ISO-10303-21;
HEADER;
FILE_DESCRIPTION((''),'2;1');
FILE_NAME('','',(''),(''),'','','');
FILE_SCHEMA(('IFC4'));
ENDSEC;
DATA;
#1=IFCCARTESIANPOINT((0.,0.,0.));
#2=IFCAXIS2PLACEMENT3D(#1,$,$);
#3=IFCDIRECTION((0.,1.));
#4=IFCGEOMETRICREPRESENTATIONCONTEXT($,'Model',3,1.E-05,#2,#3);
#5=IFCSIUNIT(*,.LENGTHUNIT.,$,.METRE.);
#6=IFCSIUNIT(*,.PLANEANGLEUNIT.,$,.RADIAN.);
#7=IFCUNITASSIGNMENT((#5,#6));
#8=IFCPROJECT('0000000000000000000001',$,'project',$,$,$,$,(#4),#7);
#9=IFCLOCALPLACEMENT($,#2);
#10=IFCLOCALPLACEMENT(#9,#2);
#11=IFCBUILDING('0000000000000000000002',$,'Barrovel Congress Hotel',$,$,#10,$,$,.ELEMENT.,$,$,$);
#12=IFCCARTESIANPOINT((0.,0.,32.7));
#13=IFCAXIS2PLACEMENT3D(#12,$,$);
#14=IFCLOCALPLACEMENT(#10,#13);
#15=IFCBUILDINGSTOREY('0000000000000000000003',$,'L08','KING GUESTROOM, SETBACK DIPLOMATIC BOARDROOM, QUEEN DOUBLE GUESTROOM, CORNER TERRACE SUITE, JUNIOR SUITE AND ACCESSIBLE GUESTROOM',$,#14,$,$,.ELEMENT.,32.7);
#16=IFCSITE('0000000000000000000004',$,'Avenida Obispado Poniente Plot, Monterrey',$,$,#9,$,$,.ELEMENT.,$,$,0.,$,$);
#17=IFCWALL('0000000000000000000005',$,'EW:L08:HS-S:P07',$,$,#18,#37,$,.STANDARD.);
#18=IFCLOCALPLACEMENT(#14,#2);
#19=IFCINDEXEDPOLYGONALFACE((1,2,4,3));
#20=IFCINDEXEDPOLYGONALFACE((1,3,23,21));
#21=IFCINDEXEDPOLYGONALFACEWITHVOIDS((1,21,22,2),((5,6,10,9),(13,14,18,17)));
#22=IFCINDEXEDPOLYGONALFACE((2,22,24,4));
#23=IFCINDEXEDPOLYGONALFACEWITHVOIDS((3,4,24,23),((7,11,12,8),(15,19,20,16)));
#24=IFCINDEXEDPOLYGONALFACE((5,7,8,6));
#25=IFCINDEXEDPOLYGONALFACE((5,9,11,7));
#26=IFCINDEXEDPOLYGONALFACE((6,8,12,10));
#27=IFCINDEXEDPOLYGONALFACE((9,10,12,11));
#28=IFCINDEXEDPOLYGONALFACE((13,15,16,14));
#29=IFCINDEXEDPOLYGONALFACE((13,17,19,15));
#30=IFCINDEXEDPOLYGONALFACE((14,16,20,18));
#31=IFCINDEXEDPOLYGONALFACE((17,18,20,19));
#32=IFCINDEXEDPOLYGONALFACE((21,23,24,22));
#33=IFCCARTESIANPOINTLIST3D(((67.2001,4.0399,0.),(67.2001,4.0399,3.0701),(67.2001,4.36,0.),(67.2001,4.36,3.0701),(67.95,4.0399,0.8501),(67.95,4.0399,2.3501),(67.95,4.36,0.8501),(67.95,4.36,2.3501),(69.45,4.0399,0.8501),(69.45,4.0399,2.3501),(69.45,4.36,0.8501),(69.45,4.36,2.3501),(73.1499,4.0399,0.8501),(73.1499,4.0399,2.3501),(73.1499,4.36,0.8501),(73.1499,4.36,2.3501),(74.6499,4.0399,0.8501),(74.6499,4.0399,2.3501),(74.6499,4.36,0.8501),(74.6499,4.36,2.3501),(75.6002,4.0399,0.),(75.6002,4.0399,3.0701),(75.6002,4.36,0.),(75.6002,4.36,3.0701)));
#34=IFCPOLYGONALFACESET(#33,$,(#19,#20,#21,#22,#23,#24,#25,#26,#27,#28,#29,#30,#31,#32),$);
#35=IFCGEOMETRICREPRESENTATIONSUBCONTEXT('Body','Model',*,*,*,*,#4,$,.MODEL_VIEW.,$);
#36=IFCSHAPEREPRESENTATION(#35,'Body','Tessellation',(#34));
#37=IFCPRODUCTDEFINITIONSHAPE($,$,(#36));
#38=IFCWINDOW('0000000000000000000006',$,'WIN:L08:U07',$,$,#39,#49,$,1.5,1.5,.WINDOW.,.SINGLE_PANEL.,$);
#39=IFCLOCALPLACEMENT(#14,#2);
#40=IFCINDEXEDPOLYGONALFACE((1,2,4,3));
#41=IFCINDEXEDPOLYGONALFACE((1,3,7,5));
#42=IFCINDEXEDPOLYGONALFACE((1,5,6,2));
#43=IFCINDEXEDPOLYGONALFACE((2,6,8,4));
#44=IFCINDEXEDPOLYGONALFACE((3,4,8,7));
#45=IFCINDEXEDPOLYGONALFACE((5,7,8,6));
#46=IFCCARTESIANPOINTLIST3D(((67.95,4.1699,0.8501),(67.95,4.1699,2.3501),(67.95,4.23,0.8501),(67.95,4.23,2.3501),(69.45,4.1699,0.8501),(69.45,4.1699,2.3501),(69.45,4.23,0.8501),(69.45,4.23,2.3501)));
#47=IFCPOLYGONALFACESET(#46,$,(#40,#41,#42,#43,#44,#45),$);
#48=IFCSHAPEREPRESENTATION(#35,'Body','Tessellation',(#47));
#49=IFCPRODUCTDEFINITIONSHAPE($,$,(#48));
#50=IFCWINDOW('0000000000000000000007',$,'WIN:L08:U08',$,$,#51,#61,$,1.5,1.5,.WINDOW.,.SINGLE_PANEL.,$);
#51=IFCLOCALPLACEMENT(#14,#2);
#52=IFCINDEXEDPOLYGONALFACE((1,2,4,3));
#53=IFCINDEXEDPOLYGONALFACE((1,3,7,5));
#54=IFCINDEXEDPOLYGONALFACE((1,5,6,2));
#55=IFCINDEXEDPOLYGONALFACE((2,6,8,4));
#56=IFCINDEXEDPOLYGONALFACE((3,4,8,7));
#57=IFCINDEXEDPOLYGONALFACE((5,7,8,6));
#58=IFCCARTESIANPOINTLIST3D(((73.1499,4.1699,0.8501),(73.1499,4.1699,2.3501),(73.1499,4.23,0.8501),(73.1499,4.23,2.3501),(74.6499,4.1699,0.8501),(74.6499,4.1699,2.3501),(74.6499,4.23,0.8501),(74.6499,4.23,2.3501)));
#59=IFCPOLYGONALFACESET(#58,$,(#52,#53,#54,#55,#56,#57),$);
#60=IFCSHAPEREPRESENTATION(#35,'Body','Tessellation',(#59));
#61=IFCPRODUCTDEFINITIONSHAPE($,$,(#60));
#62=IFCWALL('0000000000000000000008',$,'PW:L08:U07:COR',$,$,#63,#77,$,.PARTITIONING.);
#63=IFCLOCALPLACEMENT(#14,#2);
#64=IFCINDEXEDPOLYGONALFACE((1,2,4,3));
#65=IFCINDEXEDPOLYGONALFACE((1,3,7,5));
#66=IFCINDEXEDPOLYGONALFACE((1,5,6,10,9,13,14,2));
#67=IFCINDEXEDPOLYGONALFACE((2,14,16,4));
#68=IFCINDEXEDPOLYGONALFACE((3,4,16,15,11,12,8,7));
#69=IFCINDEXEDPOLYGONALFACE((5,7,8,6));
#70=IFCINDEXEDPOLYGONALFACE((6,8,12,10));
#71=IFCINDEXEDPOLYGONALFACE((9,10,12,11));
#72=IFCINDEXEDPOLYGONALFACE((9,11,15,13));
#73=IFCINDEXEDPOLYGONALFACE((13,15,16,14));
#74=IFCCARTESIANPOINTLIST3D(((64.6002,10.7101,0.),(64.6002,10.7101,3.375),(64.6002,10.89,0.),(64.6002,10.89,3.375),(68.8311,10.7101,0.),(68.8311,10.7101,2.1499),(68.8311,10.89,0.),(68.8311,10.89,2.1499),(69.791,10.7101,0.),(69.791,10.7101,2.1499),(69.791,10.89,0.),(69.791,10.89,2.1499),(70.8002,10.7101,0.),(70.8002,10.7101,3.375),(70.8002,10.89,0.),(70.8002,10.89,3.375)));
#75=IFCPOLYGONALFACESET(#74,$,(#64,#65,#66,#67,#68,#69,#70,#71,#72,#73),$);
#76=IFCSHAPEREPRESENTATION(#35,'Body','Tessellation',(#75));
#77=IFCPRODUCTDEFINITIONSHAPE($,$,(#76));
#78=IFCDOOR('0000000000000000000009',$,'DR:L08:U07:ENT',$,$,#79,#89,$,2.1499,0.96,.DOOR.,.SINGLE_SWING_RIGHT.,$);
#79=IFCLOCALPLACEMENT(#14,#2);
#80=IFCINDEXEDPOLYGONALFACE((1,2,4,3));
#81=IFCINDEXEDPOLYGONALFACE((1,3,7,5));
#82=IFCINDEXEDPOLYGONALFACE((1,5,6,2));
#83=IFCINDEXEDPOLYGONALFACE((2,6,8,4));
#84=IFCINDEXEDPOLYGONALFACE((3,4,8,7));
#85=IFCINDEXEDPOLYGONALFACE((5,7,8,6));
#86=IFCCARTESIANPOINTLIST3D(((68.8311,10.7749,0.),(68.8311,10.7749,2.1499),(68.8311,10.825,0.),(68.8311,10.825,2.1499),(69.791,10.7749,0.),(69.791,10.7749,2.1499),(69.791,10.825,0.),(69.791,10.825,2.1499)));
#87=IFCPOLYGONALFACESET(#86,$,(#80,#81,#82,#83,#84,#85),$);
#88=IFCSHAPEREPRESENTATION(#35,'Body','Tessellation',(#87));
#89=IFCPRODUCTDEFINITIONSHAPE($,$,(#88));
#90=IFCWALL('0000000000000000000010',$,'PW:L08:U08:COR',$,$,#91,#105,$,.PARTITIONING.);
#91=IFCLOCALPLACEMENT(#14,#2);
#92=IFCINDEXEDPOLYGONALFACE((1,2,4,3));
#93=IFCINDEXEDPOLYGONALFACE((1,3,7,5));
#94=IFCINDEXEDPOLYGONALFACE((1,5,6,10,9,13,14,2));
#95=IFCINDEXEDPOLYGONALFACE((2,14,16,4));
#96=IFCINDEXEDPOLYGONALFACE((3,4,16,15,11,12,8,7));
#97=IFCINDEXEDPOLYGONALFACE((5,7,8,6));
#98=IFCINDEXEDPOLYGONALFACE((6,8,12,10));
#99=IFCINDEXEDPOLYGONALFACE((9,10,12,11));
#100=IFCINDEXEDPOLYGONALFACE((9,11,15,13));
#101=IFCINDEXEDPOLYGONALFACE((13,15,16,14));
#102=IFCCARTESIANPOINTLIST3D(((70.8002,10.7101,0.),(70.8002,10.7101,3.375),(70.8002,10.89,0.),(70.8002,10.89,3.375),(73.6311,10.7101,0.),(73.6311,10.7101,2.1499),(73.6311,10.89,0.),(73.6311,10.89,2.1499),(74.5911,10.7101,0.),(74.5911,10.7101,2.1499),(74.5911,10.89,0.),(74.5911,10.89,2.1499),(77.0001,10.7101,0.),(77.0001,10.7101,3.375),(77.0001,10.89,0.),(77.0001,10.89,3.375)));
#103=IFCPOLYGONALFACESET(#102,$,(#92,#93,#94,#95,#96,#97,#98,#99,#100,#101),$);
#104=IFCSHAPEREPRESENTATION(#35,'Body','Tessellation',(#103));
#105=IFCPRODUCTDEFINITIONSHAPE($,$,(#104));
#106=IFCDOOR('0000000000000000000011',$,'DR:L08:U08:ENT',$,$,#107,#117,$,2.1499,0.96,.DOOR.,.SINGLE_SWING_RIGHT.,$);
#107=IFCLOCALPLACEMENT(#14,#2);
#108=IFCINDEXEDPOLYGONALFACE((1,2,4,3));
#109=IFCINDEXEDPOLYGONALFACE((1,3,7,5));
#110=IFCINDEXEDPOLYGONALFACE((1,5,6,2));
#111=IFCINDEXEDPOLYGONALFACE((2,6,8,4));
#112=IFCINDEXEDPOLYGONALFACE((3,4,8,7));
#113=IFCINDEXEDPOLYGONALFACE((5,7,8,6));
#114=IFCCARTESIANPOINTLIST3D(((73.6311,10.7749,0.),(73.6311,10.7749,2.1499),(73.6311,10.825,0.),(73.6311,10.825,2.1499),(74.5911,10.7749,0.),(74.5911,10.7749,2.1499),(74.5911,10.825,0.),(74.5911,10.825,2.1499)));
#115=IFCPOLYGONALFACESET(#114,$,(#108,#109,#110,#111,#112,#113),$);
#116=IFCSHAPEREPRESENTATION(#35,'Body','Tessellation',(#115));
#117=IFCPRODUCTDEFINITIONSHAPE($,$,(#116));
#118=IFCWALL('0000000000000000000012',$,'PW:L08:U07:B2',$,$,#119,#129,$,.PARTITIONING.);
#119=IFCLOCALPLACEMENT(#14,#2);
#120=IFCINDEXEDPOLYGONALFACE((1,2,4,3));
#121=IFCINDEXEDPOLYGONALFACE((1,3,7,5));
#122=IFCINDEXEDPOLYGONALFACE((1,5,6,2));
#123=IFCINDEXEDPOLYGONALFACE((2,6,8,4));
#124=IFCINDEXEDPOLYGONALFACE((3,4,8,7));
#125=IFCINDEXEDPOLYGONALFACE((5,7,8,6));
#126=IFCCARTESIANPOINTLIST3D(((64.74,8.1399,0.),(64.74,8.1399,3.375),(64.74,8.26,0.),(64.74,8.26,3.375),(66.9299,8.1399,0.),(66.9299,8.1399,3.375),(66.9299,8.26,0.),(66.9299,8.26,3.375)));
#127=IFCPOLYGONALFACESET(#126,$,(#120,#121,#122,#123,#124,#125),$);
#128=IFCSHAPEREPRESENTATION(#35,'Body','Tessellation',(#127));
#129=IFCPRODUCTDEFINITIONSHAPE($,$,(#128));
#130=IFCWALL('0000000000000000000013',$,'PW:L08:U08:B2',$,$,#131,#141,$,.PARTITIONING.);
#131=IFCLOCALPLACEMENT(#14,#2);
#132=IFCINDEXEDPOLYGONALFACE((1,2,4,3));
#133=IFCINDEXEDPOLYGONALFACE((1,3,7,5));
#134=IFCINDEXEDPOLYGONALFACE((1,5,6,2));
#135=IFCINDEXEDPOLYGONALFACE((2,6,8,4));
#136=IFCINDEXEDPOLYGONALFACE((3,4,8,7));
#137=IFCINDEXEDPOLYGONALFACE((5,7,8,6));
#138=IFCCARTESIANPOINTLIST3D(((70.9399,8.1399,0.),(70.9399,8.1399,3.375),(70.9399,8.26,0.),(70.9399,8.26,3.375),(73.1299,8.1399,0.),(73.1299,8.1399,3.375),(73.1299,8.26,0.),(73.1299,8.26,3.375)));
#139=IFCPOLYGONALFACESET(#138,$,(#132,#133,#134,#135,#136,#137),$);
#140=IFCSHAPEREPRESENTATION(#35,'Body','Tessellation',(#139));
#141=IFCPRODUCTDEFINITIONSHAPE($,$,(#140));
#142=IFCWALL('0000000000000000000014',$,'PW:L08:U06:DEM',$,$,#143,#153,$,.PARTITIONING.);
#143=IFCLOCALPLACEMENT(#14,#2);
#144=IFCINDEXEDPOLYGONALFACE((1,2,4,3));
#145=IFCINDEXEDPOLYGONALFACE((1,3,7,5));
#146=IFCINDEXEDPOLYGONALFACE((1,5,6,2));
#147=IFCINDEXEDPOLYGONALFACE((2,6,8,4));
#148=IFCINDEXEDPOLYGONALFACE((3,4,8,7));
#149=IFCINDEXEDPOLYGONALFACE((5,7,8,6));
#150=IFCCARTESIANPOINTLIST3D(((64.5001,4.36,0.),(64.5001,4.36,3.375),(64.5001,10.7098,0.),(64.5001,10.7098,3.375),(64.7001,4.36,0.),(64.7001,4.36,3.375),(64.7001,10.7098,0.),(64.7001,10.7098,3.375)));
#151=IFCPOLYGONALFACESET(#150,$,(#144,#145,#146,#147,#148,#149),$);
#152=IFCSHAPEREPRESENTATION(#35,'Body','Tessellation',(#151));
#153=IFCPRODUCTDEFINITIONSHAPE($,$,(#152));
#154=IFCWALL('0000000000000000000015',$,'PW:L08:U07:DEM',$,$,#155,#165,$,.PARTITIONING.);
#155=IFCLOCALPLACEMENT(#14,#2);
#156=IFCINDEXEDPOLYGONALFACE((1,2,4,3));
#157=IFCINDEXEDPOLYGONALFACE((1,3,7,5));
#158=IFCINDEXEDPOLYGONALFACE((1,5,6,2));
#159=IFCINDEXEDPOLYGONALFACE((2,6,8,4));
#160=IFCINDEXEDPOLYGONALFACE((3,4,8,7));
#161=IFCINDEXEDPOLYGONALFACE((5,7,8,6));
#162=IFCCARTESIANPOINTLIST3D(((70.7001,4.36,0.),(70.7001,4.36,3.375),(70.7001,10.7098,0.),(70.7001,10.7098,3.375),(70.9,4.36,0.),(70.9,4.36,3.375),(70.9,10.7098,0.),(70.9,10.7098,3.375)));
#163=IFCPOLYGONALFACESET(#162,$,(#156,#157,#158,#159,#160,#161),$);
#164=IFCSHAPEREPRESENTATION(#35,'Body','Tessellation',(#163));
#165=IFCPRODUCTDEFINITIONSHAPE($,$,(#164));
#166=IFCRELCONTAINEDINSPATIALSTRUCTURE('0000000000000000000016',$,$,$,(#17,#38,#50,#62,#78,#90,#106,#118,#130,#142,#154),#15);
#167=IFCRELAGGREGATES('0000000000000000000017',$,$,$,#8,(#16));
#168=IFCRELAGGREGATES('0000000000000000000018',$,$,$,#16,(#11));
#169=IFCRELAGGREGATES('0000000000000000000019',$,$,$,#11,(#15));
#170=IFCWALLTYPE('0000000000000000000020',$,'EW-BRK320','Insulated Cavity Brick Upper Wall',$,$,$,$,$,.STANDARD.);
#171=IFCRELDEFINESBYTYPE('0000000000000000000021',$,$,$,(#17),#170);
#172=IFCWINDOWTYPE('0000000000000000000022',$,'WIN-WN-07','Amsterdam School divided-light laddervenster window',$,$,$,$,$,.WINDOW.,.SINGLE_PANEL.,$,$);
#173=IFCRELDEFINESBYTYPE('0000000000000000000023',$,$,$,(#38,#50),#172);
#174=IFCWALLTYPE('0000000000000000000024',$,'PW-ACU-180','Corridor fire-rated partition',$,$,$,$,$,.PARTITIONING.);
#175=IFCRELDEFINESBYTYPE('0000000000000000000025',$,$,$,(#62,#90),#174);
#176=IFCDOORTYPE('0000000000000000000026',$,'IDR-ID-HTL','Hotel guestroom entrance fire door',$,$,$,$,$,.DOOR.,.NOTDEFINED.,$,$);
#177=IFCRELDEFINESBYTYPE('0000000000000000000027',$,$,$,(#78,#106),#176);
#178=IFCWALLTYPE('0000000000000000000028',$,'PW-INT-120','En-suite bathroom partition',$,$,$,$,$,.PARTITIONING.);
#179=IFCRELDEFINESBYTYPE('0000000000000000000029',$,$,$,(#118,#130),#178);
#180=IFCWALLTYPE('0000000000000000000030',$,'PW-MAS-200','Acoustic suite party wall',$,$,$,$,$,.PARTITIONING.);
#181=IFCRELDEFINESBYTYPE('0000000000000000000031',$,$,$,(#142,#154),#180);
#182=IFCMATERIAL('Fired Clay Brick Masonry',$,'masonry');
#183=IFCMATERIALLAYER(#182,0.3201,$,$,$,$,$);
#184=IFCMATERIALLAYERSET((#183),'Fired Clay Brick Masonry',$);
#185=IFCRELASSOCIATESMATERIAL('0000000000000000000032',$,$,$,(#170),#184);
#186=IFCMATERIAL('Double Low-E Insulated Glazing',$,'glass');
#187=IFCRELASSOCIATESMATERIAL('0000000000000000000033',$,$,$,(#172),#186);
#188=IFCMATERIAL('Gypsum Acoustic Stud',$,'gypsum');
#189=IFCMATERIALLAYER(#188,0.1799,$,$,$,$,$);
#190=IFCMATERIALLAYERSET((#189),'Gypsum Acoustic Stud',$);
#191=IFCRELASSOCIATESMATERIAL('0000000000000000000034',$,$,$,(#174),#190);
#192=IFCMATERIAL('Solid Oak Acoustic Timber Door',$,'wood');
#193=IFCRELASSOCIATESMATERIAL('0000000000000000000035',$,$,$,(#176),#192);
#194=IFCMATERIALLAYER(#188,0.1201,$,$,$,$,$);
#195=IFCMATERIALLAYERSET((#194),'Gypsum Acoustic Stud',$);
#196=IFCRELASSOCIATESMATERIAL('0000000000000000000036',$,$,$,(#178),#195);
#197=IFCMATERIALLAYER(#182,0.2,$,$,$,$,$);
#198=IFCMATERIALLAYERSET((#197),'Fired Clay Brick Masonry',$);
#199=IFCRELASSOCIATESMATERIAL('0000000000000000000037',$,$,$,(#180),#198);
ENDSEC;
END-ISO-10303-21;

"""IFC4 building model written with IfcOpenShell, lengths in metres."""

from ifc_helpers import new_model, si_unit, direction, frame, frame_2d, origin, place, context, subcontext, project, spatial, rectangle, extrude, material, layer, layer_set, type_object, element, fill, save


model = new_model("IFC4")

# Units and contexts
model_context = context("Model", 3, precision=1e-05, world=origin(), true_north=direction((0.0, 1.0)))
body_context = subcontext(model_context, "Body", "Model", "MODEL_VIEW")
ifc_project = project(units=[si_unit("LENGTHUNIT", "METRE"), si_unit("PLANEANGLEUNIT", "RADIAN")], contexts=[model_context])

# Site, building, storey
site_placement = place(None, origin())
site = spatial("IfcSite", under=ifc_project, at=site_placement, Name="Avenida Obispado Poniente Plot, Monterrey", CompositionType="ELEMENT", RefElevation=0.0)
building_placement = place(site_placement, origin())
building = spatial("IfcBuilding", under=site, at=building_placement, Name="Barrovel Congress Hotel", CompositionType="ELEMENT")
storey_placement = place(building_placement, frame((0.0, 0.0, 32.7)))
storey = spatial("IfcBuildingStorey", under=building, at=storey_placement, Name="L08", Description="KING GUESTROOM, SETBACK DIPLOMATIC BOARDROOM, QUEEN DOUBLE GUESTROOM, CORNER TERRACE SUITE, JUNIOR SUITE AND ACCESSIBLE GUESTROOM", CompositionType="ELEMENT", Elevation=32.7)

# Wall, openings, windows
ifc_material_1 = material(Name="Fired Clay Brick Masonry", Category="masonry")
ifc_layer_1 = layer(ifc_material_1, 0.3201)
ifc_layer_set_1 = layer_set([ifc_layer_1], Name="Fired Clay Brick Masonry")
wall_type_1 = type_object("IfcWallType", Name="EW-BRK320", Description="Insulated Cavity Brick Upper Wall", PredefinedType="STANDARD", material=ifc_layer_set_1)
wall_1_placement = place(storey_placement, frame((67.2, 4.2, 0.0), z_axis=(0.0, 0.0, 1.0), x_axis=(1.0, 0.0, 0.0)))
wall_1 = element("IfcWall", 1, at=wall_1_placement, inside=storey, type_object=wall_type_1, Name="EW:L08:HS-S:P07", PredefinedType="STANDARD", context=body_context, shape_type="SweptSolid", body=[
    extrude(rectangle(XDim=8.4001, YDim=0.3201, at=frame_2d((4.2002, 0.0))), origin(), (0.0, 0.0, 1.0), 3.0701),
])
opening_1_placement = place(wall_1_placement, frame((0.75, 0.0, 0.8501)))
opening_1 = element("IfcOpeningElement", 2, at=opening_1_placement, cuts=wall_1, PredefinedType="OPENING", context=body_context, shape_type="SweptSolid", body=[
    extrude(rectangle(XDim=1.5, YDim=1.5, at=frame_2d((0.75, 0.75))), frame((0.0, 0.1699, 0.0), z_axis=(0.0, -1.0, 0.0), x_axis=(1.0, 0.0, 0.0)), (0.0, 0.0, 1.0), 0.3401),
])
opening_2_placement = place(wall_1_placement, frame((5.95, 0.0, 0.8501)))
opening_2 = element("IfcOpeningElement", 3, at=opening_2_placement, cuts=wall_1, PredefinedType="OPENING", context=body_context, shape_type="SweptSolid", body=[
    extrude(rectangle(XDim=1.5, YDim=1.5, at=frame_2d((0.75, 0.75))), frame((0.0, 0.1699, 0.0), z_axis=(0.0, -1.0, 0.0), x_axis=(1.0, 0.0, 0.0)), (0.0, 0.0, 1.0), 0.3401),
])
ifc_material_2 = material(Name="Double Low-E Insulated Glazing", Category="glass")
window_type = type_object("IfcWindowType", Name="WIN-WN-07", Description="Amsterdam School divided-light laddervenster window", PartitioningType="SINGLE_PANEL", PredefinedType="WINDOW", material=ifc_material_2)
window_1_placement = place(opening_1_placement, origin())
window_1 = element("IfcWindow", 4, at=window_1_placement, inside=storey, type_object=window_type, Name="WIN:L08:U07", OverallHeight=1.5, OverallWidth=1.5, PartitioningType="SINGLE_PANEL", PredefinedType="WINDOW", context=body_context, shape_type="SweptSolid", body=[
    extrude(rectangle(XDim=1.5, YDim=1.5, at=frame_2d((0.75, 0.75))), frame((0.0, 0.03, 0.0), z_axis=(0.0, -1.0, 0.0), x_axis=(1.0, 0.0, 0.0)), (0.0, 0.0, 1.0), 0.0601),
])
fill(opening_1, window_1)
window_2_placement = place(opening_2_placement, origin())
window_2 = element("IfcWindow", 5, at=window_2_placement, inside=storey, type_object=window_type, Name="WIN:L08:U08", OverallHeight=1.5, OverallWidth=1.5, PartitioningType="SINGLE_PANEL", PredefinedType="WINDOW", context=body_context, shape_type="SweptSolid", body=[
    extrude(rectangle(XDim=1.5, YDim=1.5, at=frame_2d((0.75, 0.75))), frame((0.0, 0.03, 0.0), z_axis=(0.0, -1.0, 0.0), x_axis=(1.0, 0.0, 0.0)), (0.0, 0.0, 1.0), 0.0601),
])
fill(opening_2, window_2)

# Walls, openings, doors
ifc_material_3 = material(Name="Gypsum Acoustic Stud", Category="gypsum")
ifc_layer_2 = layer(ifc_material_3, 0.1799)
ifc_layer_set_2 = layer_set([ifc_layer_2], Name="Gypsum Acoustic Stud")
wall_type_2 = type_object("IfcWallType", Name="PW-ACU-180", Description="Corridor fire-rated partition", PredefinedType="PARTITIONING", material=ifc_layer_set_2)
wall_2_placement = place(storey_placement, frame((64.6001, 10.8, 0.0), z_axis=(0.0, 0.0, 1.0), x_axis=(1.0, 0.0, 0.0)))
wall_2 = element("IfcWall", 6, at=wall_2_placement, inside=storey, type_object=wall_type_2, Name="PW:L08:U07:COR", PredefinedType="PARTITIONING", context=body_context, shape_type="SweptSolid", body=[
    extrude(rectangle(XDim=6.2, YDim=0.1799, at=frame_2d((3.1001, 0.0))), origin(), (0.0, 0.0, 1.0), 3.375),
])
opening_3_placement = place(wall_2_placement, frame((4.231, 0.0, 0.0)))
opening_3 = element("IfcOpeningElement", 7, at=opening_3_placement, cuts=wall_2, PredefinedType="OPENING", context=body_context, shape_type="SweptSolid", body=[
    extrude(rectangle(XDim=0.96, YDim=2.1499, at=frame_2d((0.48, 1.075))), frame((0.0, 0.1001, 0.0), z_axis=(0.0, -1.0, 0.0), x_axis=(1.0, 0.0, 0.0)), (0.0, 0.0, 1.0), 0.2),
])
ifc_material_4 = material(Name="Solid Oak Acoustic Timber Door", Category="wood")
door_type_1 = type_object("IfcDoorType", Name="IDR-ID-HTL", Description="Hotel guestroom entrance fire door", OperationType="NOTDEFINED", PredefinedType="DOOR", material=ifc_material_4)
door_1_placement = place(opening_3_placement, origin())
door_1 = element("IfcDoor", 8, at=door_1_placement, inside=storey, type_object=door_type_1, Name="DR:L08:U07:ENT", OperationType="SINGLE_SWING_RIGHT", OverallHeight=2.1499, OverallWidth=0.96, PredefinedType="DOOR", context=body_context, shape_type="SweptSolid", body=[
    extrude(rectangle(XDim=0.96, YDim=2.1499, at=frame_2d((0.48, 1.075))), frame((0.0, 0.0249, 0.0), z_axis=(0.0, -1.0, 0.0), x_axis=(1.0, 0.0, 0.0)), (0.0, 0.0, 1.0), 0.05),
])
fill(opening_3, door_1)
wall_3_placement = place(storey_placement, frame((70.8, 10.8, 0.0), z_axis=(0.0, 0.0, 1.0), x_axis=(1.0, 0.0, 0.0)))
wall_3 = element("IfcWall", 9, at=wall_3_placement, inside=storey, type_object=wall_type_2, Name="PW:L08:U08:COR", PredefinedType="PARTITIONING", context=body_context, shape_type="SweptSolid", body=[
    extrude(rectangle(XDim=6.2, YDim=0.1799, at=frame_2d((3.1001, 0.0))), origin(), (0.0, 0.0, 1.0), 3.375),
])
opening_4_placement = place(wall_3_placement, frame((2.8311, 0.0, 0.0)))
opening_4 = element("IfcOpeningElement", 10, at=opening_4_placement, cuts=wall_3, PredefinedType="OPENING", context=body_context, shape_type="SweptSolid", body=[
    extrude(rectangle(XDim=0.96, YDim=2.1499, at=frame_2d((0.48, 1.075))), frame((0.0, 0.1001, 0.0), z_axis=(0.0, -1.0, 0.0), x_axis=(1.0, 0.0, 0.0)), (0.0, 0.0, 1.0), 0.2),
])
door_2_placement = place(opening_4_placement, origin())
door_2 = element("IfcDoor", 11, at=door_2_placement, inside=storey, type_object=door_type_1, Name="DR:L08:U08:ENT", OperationType="SINGLE_SWING_RIGHT", OverallHeight=2.1499, OverallWidth=0.96, PredefinedType="DOOR", context=body_context, shape_type="SweptSolid", body=[
    extrude(rectangle(XDim=0.96, YDim=2.1499, at=frame_2d((0.48, 1.075))), frame((0.0, 0.0249, 0.0), z_axis=(0.0, -1.0, 0.0), x_axis=(1.0, 0.0, 0.0)), (0.0, 0.0, 1.0), 0.05),
])
fill(opening_4, door_2)

# Walls
ifc_layer_3 = layer(ifc_material_3, 0.1201)
ifc_layer_set_3 = layer_set([ifc_layer_3], Name="Gypsum Acoustic Stud")
wall_type_3 = type_object("IfcWallType", Name="PW-INT-120", Description="En-suite bathroom partition", PredefinedType="PARTITIONING", material=ifc_layer_set_3)
for number, where, z_axis, x_axis, name in (
    (12, (64.74, 8.2, 0.0), (0.0, 0.0, 1.0), (1.0, 0.0, 0.0), "PW:L08:U07:B2"),
    (13, (70.9399, 8.2, 0.0), (0.0, 0.0, 1.0), (1.0, 0.0, 0.0), "PW:L08:U08:B2"),
):
    element("IfcWall", number, at=place(storey_placement, frame(where, z_axis=z_axis, x_axis=x_axis)), inside=storey, type_object=wall_type_3, Name=name, PredefinedType="PARTITIONING", context=body_context, shape_type="SweptSolid", body=[
        extrude(rectangle(XDim=2.1899, YDim=0.1201, at=frame_2d((1.095, 0.0))), origin(), (0.0, 0.0, 1.0), 3.375),
    ])
ifc_layer_4 = layer(ifc_material_1, 0.2)
ifc_layer_set_4 = layer_set([ifc_layer_4], Name="Fired Clay Brick Masonry")
wall_type_4 = type_object("IfcWallType", Name="PW-MAS-200", Description="Acoustic suite party wall", PredefinedType="PARTITIONING", material=ifc_layer_set_4)
for number, where, z_axis, x_axis, name in (
    (14, (64.6001, 4.3601, 0.0), (0.0, 0.0, 1.0), (0.0, 1.0, 0.0), "PW:L08:U06:DEM"),
    (15, (70.8, 4.3601, 0.0), (0.0, 0.0, 1.0), (0.0, 1.0, 0.0), "PW:L08:U07:DEM"),
):
    element("IfcWall", number, at=place(storey_placement, frame(where, z_axis=z_axis, x_axis=x_axis)), inside=storey, type_object=wall_type_4, Name=name, PredefinedType="PARTITIONING", context=body_context, shape_type="SweptSolid", body=[
        extrude(rectangle(XDim=6.3499, YDim=0.2, at=frame_2d((3.1748, 0.0))), origin(), (0.0, 0.0, 1.0), 3.375),
    ])

save(model, "model.ifc")
